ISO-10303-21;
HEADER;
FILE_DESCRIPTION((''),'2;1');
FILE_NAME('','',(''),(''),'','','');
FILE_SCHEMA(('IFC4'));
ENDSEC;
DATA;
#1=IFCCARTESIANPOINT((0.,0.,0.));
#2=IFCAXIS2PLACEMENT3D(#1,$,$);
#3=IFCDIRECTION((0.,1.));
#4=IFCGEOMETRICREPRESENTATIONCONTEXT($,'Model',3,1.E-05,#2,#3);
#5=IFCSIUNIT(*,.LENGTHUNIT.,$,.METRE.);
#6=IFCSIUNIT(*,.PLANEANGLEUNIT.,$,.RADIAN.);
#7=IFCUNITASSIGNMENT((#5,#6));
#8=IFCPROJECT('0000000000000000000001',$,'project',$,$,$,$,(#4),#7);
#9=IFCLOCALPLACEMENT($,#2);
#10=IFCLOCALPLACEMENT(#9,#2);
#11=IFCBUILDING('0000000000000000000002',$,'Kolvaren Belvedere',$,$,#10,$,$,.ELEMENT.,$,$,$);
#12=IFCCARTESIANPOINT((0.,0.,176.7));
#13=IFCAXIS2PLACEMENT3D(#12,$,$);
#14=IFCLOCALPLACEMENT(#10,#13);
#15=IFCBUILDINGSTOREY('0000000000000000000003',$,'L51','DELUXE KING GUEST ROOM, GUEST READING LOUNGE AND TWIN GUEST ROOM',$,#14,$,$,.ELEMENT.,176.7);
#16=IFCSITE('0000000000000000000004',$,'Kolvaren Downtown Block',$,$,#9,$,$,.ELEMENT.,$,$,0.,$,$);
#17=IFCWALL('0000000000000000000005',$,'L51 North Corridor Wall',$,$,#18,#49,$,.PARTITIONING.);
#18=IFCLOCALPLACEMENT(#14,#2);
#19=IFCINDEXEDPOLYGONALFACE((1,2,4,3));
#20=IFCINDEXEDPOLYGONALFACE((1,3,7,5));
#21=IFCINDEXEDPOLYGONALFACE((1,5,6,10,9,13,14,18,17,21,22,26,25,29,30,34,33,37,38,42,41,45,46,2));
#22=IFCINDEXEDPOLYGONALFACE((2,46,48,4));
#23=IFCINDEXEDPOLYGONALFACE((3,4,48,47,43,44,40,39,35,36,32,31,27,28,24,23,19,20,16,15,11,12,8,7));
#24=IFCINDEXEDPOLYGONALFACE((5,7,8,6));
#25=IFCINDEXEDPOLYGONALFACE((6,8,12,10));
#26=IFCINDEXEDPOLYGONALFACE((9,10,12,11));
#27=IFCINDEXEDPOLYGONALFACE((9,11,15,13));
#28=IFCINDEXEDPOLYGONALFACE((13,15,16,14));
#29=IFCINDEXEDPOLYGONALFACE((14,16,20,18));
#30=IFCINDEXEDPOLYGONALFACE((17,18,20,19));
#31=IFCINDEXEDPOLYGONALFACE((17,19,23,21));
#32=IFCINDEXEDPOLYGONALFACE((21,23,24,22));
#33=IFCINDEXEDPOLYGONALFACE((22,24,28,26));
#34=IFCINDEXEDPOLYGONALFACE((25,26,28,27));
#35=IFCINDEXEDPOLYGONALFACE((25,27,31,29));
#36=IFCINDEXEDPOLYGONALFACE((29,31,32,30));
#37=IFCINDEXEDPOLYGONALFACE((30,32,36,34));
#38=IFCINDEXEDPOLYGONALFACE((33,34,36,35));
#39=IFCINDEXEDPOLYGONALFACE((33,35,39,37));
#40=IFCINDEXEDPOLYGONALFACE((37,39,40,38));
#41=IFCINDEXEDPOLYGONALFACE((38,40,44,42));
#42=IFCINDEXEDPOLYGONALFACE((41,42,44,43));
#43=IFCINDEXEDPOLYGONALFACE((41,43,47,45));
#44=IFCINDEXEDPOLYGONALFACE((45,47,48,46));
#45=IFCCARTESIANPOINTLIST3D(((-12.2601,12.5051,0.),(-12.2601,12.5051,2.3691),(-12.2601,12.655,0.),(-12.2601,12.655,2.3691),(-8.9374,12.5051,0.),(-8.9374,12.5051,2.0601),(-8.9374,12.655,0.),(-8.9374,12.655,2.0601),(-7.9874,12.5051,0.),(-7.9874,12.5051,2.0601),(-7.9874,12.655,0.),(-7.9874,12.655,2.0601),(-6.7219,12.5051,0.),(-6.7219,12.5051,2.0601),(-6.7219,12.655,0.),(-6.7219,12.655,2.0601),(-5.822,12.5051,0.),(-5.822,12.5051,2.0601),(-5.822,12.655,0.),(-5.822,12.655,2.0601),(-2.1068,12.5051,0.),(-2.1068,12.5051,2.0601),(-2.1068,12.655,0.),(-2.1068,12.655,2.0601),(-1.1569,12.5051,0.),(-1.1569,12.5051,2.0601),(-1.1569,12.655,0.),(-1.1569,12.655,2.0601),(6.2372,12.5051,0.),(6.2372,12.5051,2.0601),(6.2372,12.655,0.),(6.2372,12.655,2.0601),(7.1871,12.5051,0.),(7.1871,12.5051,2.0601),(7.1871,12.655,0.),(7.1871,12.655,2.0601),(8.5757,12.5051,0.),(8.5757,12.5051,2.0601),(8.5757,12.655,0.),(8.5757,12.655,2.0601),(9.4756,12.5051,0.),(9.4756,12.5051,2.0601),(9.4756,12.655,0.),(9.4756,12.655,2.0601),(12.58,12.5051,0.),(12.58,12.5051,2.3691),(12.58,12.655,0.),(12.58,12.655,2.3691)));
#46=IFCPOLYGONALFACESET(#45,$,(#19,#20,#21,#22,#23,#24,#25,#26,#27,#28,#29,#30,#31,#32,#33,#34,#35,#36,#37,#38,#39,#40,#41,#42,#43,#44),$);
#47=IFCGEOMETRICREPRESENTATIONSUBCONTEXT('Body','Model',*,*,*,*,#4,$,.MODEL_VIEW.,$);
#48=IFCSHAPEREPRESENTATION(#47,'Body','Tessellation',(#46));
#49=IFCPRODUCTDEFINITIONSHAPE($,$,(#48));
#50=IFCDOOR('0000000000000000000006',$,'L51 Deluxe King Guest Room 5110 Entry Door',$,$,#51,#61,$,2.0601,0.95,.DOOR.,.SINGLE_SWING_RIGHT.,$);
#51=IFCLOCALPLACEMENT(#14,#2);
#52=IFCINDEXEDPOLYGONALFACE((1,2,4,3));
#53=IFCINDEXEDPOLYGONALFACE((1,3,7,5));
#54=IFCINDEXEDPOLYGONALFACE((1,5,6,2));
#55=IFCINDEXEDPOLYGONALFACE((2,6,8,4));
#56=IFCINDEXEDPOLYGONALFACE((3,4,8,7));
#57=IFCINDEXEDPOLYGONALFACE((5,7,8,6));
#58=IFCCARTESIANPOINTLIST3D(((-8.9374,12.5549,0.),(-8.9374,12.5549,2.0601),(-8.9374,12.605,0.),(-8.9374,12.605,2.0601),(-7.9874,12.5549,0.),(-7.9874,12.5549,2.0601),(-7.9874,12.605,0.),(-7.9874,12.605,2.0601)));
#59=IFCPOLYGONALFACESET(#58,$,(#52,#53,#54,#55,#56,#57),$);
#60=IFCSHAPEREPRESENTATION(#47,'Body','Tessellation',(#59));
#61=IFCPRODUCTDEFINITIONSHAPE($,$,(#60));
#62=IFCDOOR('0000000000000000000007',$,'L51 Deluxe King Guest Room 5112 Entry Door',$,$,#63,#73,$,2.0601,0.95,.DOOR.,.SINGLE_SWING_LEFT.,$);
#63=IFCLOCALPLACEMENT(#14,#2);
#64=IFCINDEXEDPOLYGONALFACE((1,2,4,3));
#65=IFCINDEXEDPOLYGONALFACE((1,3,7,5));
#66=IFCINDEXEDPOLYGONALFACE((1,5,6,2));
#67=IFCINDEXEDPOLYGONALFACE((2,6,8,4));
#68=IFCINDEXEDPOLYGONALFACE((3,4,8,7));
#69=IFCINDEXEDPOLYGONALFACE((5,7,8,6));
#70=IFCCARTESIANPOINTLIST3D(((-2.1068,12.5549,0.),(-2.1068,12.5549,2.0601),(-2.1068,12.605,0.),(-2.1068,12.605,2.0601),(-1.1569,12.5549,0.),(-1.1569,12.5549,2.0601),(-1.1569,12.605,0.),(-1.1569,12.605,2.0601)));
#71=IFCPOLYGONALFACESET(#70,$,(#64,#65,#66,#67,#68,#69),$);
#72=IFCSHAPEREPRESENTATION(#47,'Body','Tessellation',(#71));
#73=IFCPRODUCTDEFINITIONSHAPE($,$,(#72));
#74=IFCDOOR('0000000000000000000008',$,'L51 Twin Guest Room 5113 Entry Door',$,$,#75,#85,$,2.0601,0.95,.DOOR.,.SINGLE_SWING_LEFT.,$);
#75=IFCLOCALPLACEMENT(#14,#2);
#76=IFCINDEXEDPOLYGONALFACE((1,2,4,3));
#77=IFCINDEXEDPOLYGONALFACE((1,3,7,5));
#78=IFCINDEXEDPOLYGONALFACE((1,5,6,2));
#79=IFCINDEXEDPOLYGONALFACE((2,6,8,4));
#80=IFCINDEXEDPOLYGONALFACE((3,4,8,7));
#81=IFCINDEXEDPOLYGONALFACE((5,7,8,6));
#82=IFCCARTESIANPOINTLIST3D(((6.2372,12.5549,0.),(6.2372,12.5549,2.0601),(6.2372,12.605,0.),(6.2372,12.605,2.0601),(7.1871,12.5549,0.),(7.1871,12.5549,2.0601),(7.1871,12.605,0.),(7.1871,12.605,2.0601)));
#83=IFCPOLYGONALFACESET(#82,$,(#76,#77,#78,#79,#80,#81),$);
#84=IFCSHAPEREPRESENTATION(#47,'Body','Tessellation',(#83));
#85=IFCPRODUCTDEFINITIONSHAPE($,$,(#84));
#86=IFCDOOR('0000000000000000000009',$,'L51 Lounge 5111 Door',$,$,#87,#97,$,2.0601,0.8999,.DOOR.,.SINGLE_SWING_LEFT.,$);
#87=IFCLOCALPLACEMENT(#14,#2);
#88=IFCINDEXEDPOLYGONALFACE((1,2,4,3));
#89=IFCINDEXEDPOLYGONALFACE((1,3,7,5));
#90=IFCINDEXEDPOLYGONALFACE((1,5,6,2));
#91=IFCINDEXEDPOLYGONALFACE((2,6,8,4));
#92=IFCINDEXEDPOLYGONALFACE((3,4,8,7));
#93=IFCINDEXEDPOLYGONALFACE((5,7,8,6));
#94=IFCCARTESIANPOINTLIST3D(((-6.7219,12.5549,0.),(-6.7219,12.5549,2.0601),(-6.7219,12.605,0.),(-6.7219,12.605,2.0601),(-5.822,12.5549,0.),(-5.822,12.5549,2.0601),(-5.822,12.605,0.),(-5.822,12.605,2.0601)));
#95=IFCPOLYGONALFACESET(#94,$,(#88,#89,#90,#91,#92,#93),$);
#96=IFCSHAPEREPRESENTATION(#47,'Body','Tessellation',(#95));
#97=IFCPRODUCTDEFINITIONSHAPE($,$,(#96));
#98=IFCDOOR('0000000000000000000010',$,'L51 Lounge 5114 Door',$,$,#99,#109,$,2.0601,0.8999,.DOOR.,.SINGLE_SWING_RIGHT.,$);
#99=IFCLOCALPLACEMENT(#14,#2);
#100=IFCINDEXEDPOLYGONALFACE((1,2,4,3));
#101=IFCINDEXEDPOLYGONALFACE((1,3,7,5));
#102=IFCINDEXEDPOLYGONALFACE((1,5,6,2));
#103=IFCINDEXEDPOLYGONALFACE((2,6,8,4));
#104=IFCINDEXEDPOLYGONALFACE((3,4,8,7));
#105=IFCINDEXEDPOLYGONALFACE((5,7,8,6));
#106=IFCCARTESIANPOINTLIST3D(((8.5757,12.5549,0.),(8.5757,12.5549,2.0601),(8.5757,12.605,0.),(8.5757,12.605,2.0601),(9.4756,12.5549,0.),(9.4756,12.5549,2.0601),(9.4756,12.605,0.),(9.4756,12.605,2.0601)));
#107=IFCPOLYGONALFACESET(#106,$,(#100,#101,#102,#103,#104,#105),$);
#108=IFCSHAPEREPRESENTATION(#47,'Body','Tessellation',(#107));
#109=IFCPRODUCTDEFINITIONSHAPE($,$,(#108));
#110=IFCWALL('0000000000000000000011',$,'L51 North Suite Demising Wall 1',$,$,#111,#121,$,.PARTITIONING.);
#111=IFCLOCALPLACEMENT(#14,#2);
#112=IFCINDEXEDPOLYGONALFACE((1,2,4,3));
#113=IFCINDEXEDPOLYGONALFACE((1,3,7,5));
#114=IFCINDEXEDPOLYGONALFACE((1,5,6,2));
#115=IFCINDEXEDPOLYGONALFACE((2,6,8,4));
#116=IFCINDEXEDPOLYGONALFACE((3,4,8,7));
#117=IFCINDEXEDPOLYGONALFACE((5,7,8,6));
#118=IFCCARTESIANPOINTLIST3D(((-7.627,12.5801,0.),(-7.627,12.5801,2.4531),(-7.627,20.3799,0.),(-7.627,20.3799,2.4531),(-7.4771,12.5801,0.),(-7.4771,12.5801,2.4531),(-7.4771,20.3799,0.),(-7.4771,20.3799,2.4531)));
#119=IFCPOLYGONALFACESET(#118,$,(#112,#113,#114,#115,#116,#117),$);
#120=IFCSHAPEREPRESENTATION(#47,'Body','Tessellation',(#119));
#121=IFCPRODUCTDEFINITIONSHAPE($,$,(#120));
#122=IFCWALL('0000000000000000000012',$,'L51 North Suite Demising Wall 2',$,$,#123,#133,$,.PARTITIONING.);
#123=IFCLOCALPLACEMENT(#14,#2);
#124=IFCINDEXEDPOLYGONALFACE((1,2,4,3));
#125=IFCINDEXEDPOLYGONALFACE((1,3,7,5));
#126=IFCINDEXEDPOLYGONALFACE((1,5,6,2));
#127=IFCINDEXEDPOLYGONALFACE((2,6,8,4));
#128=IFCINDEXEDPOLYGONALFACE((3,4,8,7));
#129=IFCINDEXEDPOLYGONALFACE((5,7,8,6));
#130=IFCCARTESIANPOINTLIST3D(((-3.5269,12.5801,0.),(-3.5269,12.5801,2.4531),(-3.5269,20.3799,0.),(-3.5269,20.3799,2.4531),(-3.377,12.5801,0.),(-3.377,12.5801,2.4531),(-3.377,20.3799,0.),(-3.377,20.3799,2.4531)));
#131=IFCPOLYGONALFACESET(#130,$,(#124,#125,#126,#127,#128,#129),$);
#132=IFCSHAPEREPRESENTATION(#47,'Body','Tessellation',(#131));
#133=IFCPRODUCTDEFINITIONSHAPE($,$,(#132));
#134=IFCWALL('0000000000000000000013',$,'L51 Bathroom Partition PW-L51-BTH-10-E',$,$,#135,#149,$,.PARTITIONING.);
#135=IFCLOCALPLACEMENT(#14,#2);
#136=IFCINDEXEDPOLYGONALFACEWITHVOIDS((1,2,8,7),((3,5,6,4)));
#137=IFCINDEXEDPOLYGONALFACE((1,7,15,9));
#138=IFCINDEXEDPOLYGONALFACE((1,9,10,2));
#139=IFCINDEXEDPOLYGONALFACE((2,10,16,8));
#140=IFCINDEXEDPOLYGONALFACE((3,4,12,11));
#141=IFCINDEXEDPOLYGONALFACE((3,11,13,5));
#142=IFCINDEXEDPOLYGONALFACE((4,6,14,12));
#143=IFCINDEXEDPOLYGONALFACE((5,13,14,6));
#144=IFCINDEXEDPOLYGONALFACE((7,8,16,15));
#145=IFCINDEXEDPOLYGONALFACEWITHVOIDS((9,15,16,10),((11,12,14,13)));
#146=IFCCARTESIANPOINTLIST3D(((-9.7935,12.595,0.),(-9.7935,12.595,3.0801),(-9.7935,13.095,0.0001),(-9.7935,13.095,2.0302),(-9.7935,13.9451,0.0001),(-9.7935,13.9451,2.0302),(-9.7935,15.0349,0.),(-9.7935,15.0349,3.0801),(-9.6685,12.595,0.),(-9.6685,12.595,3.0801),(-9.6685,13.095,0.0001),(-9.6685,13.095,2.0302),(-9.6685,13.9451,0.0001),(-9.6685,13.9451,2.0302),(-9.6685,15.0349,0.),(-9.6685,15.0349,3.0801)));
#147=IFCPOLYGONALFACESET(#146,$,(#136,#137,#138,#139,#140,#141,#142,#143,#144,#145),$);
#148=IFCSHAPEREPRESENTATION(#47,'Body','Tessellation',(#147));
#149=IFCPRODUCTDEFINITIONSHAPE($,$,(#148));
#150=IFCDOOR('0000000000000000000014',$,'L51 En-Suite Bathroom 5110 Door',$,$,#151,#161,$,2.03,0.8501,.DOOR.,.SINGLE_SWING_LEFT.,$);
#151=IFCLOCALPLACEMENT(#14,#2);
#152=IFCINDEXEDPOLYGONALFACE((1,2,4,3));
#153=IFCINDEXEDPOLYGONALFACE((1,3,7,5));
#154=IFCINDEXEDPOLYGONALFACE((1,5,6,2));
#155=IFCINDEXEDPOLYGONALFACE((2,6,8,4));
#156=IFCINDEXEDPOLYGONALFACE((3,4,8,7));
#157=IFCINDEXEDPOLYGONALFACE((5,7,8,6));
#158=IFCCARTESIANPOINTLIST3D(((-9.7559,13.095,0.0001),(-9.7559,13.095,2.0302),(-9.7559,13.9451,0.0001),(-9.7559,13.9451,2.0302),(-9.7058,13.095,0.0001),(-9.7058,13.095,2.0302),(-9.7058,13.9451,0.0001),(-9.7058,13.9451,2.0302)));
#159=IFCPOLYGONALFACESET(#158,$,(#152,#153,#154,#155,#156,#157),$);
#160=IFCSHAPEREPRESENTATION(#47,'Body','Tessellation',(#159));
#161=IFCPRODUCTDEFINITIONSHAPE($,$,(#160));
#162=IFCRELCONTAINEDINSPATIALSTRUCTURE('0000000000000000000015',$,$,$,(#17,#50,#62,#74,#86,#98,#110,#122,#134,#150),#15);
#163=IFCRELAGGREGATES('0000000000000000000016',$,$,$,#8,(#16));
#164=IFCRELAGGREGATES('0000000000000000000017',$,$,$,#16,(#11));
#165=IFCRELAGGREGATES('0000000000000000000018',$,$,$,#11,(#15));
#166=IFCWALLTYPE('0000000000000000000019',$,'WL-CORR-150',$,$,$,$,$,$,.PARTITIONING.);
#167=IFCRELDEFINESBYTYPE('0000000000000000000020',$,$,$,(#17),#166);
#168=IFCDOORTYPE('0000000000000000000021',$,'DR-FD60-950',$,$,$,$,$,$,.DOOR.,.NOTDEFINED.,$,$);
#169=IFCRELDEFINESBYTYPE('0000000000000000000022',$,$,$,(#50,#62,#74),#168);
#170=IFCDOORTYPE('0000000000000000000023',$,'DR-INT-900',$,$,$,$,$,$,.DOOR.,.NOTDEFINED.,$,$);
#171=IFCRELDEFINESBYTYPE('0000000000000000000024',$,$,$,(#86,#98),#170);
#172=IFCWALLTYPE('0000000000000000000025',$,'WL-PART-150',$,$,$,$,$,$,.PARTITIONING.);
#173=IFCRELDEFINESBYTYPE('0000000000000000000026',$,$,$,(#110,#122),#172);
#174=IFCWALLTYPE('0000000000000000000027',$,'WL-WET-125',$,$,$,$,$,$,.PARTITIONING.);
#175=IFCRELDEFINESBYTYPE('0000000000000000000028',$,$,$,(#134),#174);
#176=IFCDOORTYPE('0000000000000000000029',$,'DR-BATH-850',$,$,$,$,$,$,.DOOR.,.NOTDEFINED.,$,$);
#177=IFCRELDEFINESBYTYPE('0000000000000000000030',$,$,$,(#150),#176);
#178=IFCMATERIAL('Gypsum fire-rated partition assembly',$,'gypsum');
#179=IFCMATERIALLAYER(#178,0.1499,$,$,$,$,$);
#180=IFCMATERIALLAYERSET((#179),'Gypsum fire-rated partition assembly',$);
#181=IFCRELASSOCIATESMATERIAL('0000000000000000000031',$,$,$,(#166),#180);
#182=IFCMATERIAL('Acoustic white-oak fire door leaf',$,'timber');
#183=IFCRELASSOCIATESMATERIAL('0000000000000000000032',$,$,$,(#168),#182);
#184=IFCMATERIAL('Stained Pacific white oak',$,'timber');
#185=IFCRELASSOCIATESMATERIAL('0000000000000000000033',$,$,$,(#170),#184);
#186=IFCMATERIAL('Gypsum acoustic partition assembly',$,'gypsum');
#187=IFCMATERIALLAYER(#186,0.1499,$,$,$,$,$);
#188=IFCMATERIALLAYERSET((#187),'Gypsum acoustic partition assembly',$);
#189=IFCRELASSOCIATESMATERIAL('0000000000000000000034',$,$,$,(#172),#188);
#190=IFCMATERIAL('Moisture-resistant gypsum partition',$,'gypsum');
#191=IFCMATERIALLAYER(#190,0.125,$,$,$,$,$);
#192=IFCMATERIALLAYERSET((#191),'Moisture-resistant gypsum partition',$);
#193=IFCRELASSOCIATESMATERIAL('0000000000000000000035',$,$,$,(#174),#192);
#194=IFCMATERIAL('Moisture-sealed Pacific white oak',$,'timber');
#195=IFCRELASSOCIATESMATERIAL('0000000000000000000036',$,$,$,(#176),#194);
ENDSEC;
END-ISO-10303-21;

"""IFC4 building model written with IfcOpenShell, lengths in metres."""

from ifc_helpers import new_model, si_unit, direction, frame, frame_2d, origin, place, context, subcontext, project, spatial, rectangle, extrude, material, layer, layer_set, type_object, element, fill, save


model = new_model("IFC4")

# Units and contexts
model_context = context("Model", 3, precision=1e-05, world=origin(), true_north=direction((0.0, 1.0)))
body_context = subcontext(model_context, "Body", "Model", "MODEL_VIEW")
ifc_project = project(units=[si_unit("LENGTHUNIT", "METRE"), si_unit("PLANEANGLEUNIT", "RADIAN")], contexts=[model_context])

# Site, building, storey
site_placement = place(None, origin())
site = spatial("IfcSite", under=ifc_project, at=site_placement, Name="Kolvaren Downtown Block", CompositionType="ELEMENT", RefElevation=0.0)
building_placement = place(site_placement, origin())
building = spatial("IfcBuilding", under=site, at=building_placement, Name="Kolvaren Belvedere", CompositionType="ELEMENT")
storey_placement = place(building_placement, frame((0.0, 0.0, 176.7)))
storey = spatial("IfcBuildingStorey", under=building, at=storey_placement, Name="L51", Description="DELUXE KING GUEST ROOM, GUEST READING LOUNGE AND TWIN GUEST ROOM", CompositionType="ELEMENT", Elevation=176.7)

# Wall, openings, doors
ifc_material_1 = material(Name="Gypsum fire-rated partition assembly", Category="gypsum")
ifc_layer_1 = layer(ifc_material_1, 0.1499)
ifc_layer_set_1 = layer_set([ifc_layer_1], Name="Gypsum fire-rated partition assembly")
wall_type_1 = type_object("IfcWallType", Name="WL-CORR-150", PredefinedType="PARTITIONING", material=ifc_layer_set_1)
wall_1_placement = place(storey_placement, frame((-12.26, 12.5801, 0.0), z_axis=(0.0, 0.0, 1.0), x_axis=(1.0, 0.0, 0.0)))
wall_1 = element("IfcWall", 1, at=wall_1_placement, inside=storey, type_object=wall_type_1, Name="L51 North Corridor Wall", PredefinedType="PARTITIONING", context=body_context, shape_type="SweptSolid", body=[
    extrude(rectangle(XDim=24.8401, YDim=0.1499, at=frame_2d((12.4199, 0.0))), origin(), (0.0, 0.0, 1.0), 2.3691),
])
opening_1_placement = place(wall_1_placement, frame((3.3225, 0.0, 0.0)))
opening_1 = element("IfcOpeningElement", 2, at=opening_1_placement, cuts=wall_1, PredefinedType="OPENING", context=body_context, shape_type="SweptSolid", body=[
    extrude(rectangle(XDim=0.95, YDim=2.0601, at=frame_2d((0.4751, 1.03))), frame((0.0, 0.085, 0.0), z_axis=(0.0, -1.0, 0.0), x_axis=(1.0, 0.0, 0.0)), (0.0, 0.0, 1.0), 0.1699),
])
opening_2_placement = place(wall_1_placement, frame((5.5381, 0.0, 0.0)))
opening_2 = element("IfcOpeningElement", 3, at=opening_2_placement, cuts=wall_1, PredefinedType="OPENING", context=body_context, shape_type="SweptSolid", body=[
    extrude(rectangle(XDim=0.8999, YDim=2.0601, at=frame_2d((0.45, 1.03))), frame((0.0, 0.085, 0.0), z_axis=(0.0, -1.0, 0.0), x_axis=(1.0, 0.0, 0.0)), (0.0, 0.0, 1.0), 0.1699),
])
opening_3_placement = place(wall_1_placement, frame((10.1531, 0.0, 0.0)))
opening_3 = element("IfcOpeningElement", 4, at=opening_3_placement, cuts=wall_1, PredefinedType="OPENING", context=body_context, shape_type="SweptSolid", body=[
    extrude(rectangle(XDim=0.95, YDim=2.0601, at=frame_2d((0.4751, 1.03))), frame((0.0, 0.085, 0.0), z_axis=(0.0, -1.0, 0.0), x_axis=(1.0, 0.0, 0.0)), (0.0, 0.0, 1.0), 0.1699),
])
opening_4_placement = place(wall_1_placement, frame((18.4971, 0.0, 0.0)))
opening_4 = element("IfcOpeningElement", 5, at=opening_4_placement, cuts=wall_1, PredefinedType="OPENING", context=body_context, shape_type="SweptSolid", body=[
    extrude(rectangle(XDim=0.95, YDim=2.0601, at=frame_2d((0.4751, 1.03))), frame((0.0, 0.085, 0.0), z_axis=(0.0, -1.0, 0.0), x_axis=(1.0, 0.0, 0.0)), (0.0, 0.0, 1.0), 0.1699),
])
opening_5_placement = place(wall_1_placement, frame((20.8357, 0.0, 0.0)))
opening_5 = element("IfcOpeningElement", 6, at=opening_5_placement, cuts=wall_1, PredefinedType="OPENING", context=body_context, shape_type="SweptSolid", body=[
    extrude(rectangle(XDim=0.8999, YDim=2.0601, at=frame_2d((0.45, 1.03))), frame((0.0, 0.085, 0.0), z_axis=(0.0, -1.0, 0.0), x_axis=(1.0, 0.0, 0.0)), (0.0, 0.0, 1.0), 0.1699),
])
ifc_material_2 = material(Name="Acoustic white-oak fire door leaf", Category="timber")
door_type_1 = type_object("IfcDoorType", Name="DR-FD60-950", OperationType="NOTDEFINED", PredefinedType="DOOR", material=ifc_material_2)
door_1_placement = place(opening_1_placement, origin())
door_1 = element("IfcDoor", 7, at=door_1_placement, inside=storey, type_object=door_type_1, Name="L51 Deluxe King Guest Room 5110 Entry Door", OperationType="SINGLE_SWING_RIGHT", OverallHeight=2.0601, OverallWidth=0.95, PredefinedType="DOOR", context=body_context, shape_type="SweptSolid", body=[
    extrude(rectangle(XDim=0.95, YDim=2.0601, at=frame_2d((0.4751, 1.03))), frame((0.0, 0.0249, 0.0), z_axis=(0.0, -1.0, 0.0), x_axis=(1.0, 0.0, 0.0)), (0.0, 0.0, 1.0), 0.05),
])
fill(opening_1, door_1)
door_2_placement = place(opening_3_placement, origin())
door_2 = element("IfcDoor", 8, at=door_2_placement, inside=storey, type_object=door_type_1, Name="L51 Deluxe King Guest Room 5112 Entry Door", OperationType="SINGLE_SWING_LEFT", OverallHeight=2.0601, OverallWidth=0.95, PredefinedType="DOOR", context=body_context, shape_type="SweptSolid", body=[
    extrude(rectangle(XDim=0.95, YDim=2.0601, at=frame_2d((0.4751, 1.03))), frame((0.0, 0.0249, 0.0), z_axis=(0.0, -1.0, 0.0), x_axis=(1.0, 0.0, 0.0)), (0.0, 0.0, 1.0), 0.05),
])
fill(opening_3, door_2)
door_3_placement = place(opening_4_placement, origin())
door_3 = element("IfcDoor", 9, at=door_3_placement, inside=storey, type_object=door_type_1, Name="L51 Twin Guest Room 5113 Entry Door", OperationType="SINGLE_SWING_LEFT", OverallHeight=2.0601, OverallWidth=0.95, PredefinedType="DOOR", context=body_context, shape_type="SweptSolid", body=[
    extrude(rectangle(XDim=0.95, YDim=2.0601, at=frame_2d((0.4751, 1.03))), frame((0.0, 0.0249, 0.0), z_axis=(0.0, -1.0, 0.0), x_axis=(1.0, 0.0, 0.0)), (0.0, 0.0, 1.0), 0.05),
])
fill(opening_4, door_3)
ifc_material_3 = material(Name="Stained Pacific white oak", Category="timber")
door_type_2 = type_object("IfcDoorType", Name="DR-INT-900", OperationType="NOTDEFINED", PredefinedType="DOOR", material=ifc_material_3)
door_4_placement = place(opening_2_placement, origin())
door_4 = element("IfcDoor", 10, at=door_4_placement, inside=storey, type_object=door_type_2, Name="L51 Lounge 5111 Door", OperationType="SINGLE_SWING_LEFT", OverallHeight=2.0601, OverallWidth=0.8999, PredefinedType="DOOR", context=body_context, shape_type="SweptSolid", body=[
    extrude(rectangle(XDim=0.8999, YDim=2.0601, at=frame_2d((0.45, 1.03))), frame((0.0, 0.0249, 0.0), z_axis=(0.0, -1.0, 0.0), x_axis=(1.0, 0.0, 0.0)), (0.0, 0.0, 1.0), 0.05),
])
fill(opening_2, door_4)
door_5_placement = place(opening_5_placement, origin())
door_5 = element("IfcDoor", 11, at=door_5_placement, inside=storey, type_object=door_type_2, Name="L51 Lounge 5114 Door", OperationType="SINGLE_SWING_RIGHT", OverallHeight=2.0601, OverallWidth=0.8999, PredefinedType="DOOR", context=body_context, shape_type="SweptSolid", body=[
    extrude(rectangle(XDim=0.8999, YDim=2.0601, at=frame_2d((0.45, 1.03))), frame((0.0, 0.0249, 0.0), z_axis=(0.0, -1.0, 0.0), x_axis=(1.0, 0.0, 0.0)), (0.0, 0.0, 1.0), 0.05),
])
fill(opening_5, door_5)

# Walls
ifc_material_4 = material(Name="Gypsum acoustic partition assembly", Category="gypsum")
ifc_layer_2 = layer(ifc_material_4, 0.1499)
ifc_layer_set_2 = layer_set([ifc_layer_2], Name="Gypsum acoustic partition assembly")
wall_type_2 = type_object("IfcWallType", Name="WL-PART-150", PredefinedType="PARTITIONING", material=ifc_layer_set_2)
for number, where, z_axis, x_axis, name in (
    (12, (-7.552, 12.5801, 0.0), (0.0, 0.0, 1.0), (0.0, 1.0, 0.0), "L51 North Suite Demising Wall 1"),
    (13, (-3.4519, 12.5801, 0.0), (0.0, 0.0, 1.0), (0.0, 1.0, 0.0), "L51 North Suite Demising Wall 2"),
):
    element("IfcWall", number, at=place(storey_placement, frame(where, z_axis=z_axis, x_axis=x_axis)), inside=storey, type_object=wall_type_2, Name=name, PredefinedType="PARTITIONING", context=body_context, shape_type="SweptSolid", body=[
        extrude(rectangle(XDim=7.7998, YDim=0.1499, at=frame_2d((3.8999, 0.0))), origin(), (0.0, 0.0, 1.0), 2.4531),
    ])

# Wall, opening, door
ifc_material_5 = material(Name="Moisture-resistant gypsum partition", Category="gypsum")
ifc_layer_3 = layer(ifc_material_5, 0.125)
ifc_layer_set_3 = layer_set([ifc_layer_3], Name="Moisture-resistant gypsum partition")
wall_type_3 = type_object("IfcWallType", Name="WL-WET-125", PredefinedType="PARTITIONING", material=ifc_layer_set_3)
wall_2_placement = place(storey_placement, frame((-9.731, 12.595, 0.0), z_axis=(0.0, 0.0, 1.0), x_axis=(0.0, 1.0, 0.0)))
wall_2 = element("IfcWall", 14, at=wall_2_placement, inside=storey, type_object=wall_type_3, Name="L51 Bathroom Partition PW-L51-BTH-10-E", PredefinedType="PARTITIONING", context=body_context, shape_type="SweptSolid", body=[
    extrude(rectangle(XDim=2.4399, YDim=0.125, at=frame_2d((1.22, 0.0))), origin(), (0.0, 0.0, 1.0), 3.0801),
])
opening_6_placement = place(wall_2_placement, frame((0.5, 0.0, 0.0)))
opening_6 = element("IfcOpeningElement", 15, at=opening_6_placement, cuts=wall_2, PredefinedType="OPENING", context=body_context, shape_type="SweptSolid", body=[
    extrude(rectangle(XDim=0.8501, YDim=2.03, at=frame_2d((0.425, 1.0151))), frame((0.0, 0.0725, 0.0), z_axis=(0.0, -1.0, 0.0), x_axis=(1.0, 0.0, 0.0)), (0.0, 0.0, 1.0), 0.145),
])
ifc_material_6 = material(Name="Moisture-sealed Pacific white oak", Category="timber")
door_type_3 = type_object("IfcDoorType", Name="DR-BATH-850", OperationType="NOTDEFINED", PredefinedType="DOOR", material=ifc_material_6)
door_6_placement = place(opening_6_placement, origin())
door_6 = element("IfcDoor", 16, at=door_6_placement, inside=storey, type_object=door_type_3, Name="L51 En-Suite Bathroom 5110 Door", OperationType="SINGLE_SWING_LEFT", OverallHeight=2.03, OverallWidth=0.8501, PredefinedType="DOOR", context=body_context, shape_type="SweptSolid", body=[
    extrude(rectangle(XDim=0.8501, YDim=2.03, at=frame_2d((0.425, 1.0151))), frame((0.0, 0.0249, 0.0), z_axis=(0.0, -1.0, 0.0), x_axis=(1.0, 0.0, 0.0)), (0.0, 0.0, 1.0), 0.05),
])
fill(opening_6, door_6)

save(model, "model.ifc")
